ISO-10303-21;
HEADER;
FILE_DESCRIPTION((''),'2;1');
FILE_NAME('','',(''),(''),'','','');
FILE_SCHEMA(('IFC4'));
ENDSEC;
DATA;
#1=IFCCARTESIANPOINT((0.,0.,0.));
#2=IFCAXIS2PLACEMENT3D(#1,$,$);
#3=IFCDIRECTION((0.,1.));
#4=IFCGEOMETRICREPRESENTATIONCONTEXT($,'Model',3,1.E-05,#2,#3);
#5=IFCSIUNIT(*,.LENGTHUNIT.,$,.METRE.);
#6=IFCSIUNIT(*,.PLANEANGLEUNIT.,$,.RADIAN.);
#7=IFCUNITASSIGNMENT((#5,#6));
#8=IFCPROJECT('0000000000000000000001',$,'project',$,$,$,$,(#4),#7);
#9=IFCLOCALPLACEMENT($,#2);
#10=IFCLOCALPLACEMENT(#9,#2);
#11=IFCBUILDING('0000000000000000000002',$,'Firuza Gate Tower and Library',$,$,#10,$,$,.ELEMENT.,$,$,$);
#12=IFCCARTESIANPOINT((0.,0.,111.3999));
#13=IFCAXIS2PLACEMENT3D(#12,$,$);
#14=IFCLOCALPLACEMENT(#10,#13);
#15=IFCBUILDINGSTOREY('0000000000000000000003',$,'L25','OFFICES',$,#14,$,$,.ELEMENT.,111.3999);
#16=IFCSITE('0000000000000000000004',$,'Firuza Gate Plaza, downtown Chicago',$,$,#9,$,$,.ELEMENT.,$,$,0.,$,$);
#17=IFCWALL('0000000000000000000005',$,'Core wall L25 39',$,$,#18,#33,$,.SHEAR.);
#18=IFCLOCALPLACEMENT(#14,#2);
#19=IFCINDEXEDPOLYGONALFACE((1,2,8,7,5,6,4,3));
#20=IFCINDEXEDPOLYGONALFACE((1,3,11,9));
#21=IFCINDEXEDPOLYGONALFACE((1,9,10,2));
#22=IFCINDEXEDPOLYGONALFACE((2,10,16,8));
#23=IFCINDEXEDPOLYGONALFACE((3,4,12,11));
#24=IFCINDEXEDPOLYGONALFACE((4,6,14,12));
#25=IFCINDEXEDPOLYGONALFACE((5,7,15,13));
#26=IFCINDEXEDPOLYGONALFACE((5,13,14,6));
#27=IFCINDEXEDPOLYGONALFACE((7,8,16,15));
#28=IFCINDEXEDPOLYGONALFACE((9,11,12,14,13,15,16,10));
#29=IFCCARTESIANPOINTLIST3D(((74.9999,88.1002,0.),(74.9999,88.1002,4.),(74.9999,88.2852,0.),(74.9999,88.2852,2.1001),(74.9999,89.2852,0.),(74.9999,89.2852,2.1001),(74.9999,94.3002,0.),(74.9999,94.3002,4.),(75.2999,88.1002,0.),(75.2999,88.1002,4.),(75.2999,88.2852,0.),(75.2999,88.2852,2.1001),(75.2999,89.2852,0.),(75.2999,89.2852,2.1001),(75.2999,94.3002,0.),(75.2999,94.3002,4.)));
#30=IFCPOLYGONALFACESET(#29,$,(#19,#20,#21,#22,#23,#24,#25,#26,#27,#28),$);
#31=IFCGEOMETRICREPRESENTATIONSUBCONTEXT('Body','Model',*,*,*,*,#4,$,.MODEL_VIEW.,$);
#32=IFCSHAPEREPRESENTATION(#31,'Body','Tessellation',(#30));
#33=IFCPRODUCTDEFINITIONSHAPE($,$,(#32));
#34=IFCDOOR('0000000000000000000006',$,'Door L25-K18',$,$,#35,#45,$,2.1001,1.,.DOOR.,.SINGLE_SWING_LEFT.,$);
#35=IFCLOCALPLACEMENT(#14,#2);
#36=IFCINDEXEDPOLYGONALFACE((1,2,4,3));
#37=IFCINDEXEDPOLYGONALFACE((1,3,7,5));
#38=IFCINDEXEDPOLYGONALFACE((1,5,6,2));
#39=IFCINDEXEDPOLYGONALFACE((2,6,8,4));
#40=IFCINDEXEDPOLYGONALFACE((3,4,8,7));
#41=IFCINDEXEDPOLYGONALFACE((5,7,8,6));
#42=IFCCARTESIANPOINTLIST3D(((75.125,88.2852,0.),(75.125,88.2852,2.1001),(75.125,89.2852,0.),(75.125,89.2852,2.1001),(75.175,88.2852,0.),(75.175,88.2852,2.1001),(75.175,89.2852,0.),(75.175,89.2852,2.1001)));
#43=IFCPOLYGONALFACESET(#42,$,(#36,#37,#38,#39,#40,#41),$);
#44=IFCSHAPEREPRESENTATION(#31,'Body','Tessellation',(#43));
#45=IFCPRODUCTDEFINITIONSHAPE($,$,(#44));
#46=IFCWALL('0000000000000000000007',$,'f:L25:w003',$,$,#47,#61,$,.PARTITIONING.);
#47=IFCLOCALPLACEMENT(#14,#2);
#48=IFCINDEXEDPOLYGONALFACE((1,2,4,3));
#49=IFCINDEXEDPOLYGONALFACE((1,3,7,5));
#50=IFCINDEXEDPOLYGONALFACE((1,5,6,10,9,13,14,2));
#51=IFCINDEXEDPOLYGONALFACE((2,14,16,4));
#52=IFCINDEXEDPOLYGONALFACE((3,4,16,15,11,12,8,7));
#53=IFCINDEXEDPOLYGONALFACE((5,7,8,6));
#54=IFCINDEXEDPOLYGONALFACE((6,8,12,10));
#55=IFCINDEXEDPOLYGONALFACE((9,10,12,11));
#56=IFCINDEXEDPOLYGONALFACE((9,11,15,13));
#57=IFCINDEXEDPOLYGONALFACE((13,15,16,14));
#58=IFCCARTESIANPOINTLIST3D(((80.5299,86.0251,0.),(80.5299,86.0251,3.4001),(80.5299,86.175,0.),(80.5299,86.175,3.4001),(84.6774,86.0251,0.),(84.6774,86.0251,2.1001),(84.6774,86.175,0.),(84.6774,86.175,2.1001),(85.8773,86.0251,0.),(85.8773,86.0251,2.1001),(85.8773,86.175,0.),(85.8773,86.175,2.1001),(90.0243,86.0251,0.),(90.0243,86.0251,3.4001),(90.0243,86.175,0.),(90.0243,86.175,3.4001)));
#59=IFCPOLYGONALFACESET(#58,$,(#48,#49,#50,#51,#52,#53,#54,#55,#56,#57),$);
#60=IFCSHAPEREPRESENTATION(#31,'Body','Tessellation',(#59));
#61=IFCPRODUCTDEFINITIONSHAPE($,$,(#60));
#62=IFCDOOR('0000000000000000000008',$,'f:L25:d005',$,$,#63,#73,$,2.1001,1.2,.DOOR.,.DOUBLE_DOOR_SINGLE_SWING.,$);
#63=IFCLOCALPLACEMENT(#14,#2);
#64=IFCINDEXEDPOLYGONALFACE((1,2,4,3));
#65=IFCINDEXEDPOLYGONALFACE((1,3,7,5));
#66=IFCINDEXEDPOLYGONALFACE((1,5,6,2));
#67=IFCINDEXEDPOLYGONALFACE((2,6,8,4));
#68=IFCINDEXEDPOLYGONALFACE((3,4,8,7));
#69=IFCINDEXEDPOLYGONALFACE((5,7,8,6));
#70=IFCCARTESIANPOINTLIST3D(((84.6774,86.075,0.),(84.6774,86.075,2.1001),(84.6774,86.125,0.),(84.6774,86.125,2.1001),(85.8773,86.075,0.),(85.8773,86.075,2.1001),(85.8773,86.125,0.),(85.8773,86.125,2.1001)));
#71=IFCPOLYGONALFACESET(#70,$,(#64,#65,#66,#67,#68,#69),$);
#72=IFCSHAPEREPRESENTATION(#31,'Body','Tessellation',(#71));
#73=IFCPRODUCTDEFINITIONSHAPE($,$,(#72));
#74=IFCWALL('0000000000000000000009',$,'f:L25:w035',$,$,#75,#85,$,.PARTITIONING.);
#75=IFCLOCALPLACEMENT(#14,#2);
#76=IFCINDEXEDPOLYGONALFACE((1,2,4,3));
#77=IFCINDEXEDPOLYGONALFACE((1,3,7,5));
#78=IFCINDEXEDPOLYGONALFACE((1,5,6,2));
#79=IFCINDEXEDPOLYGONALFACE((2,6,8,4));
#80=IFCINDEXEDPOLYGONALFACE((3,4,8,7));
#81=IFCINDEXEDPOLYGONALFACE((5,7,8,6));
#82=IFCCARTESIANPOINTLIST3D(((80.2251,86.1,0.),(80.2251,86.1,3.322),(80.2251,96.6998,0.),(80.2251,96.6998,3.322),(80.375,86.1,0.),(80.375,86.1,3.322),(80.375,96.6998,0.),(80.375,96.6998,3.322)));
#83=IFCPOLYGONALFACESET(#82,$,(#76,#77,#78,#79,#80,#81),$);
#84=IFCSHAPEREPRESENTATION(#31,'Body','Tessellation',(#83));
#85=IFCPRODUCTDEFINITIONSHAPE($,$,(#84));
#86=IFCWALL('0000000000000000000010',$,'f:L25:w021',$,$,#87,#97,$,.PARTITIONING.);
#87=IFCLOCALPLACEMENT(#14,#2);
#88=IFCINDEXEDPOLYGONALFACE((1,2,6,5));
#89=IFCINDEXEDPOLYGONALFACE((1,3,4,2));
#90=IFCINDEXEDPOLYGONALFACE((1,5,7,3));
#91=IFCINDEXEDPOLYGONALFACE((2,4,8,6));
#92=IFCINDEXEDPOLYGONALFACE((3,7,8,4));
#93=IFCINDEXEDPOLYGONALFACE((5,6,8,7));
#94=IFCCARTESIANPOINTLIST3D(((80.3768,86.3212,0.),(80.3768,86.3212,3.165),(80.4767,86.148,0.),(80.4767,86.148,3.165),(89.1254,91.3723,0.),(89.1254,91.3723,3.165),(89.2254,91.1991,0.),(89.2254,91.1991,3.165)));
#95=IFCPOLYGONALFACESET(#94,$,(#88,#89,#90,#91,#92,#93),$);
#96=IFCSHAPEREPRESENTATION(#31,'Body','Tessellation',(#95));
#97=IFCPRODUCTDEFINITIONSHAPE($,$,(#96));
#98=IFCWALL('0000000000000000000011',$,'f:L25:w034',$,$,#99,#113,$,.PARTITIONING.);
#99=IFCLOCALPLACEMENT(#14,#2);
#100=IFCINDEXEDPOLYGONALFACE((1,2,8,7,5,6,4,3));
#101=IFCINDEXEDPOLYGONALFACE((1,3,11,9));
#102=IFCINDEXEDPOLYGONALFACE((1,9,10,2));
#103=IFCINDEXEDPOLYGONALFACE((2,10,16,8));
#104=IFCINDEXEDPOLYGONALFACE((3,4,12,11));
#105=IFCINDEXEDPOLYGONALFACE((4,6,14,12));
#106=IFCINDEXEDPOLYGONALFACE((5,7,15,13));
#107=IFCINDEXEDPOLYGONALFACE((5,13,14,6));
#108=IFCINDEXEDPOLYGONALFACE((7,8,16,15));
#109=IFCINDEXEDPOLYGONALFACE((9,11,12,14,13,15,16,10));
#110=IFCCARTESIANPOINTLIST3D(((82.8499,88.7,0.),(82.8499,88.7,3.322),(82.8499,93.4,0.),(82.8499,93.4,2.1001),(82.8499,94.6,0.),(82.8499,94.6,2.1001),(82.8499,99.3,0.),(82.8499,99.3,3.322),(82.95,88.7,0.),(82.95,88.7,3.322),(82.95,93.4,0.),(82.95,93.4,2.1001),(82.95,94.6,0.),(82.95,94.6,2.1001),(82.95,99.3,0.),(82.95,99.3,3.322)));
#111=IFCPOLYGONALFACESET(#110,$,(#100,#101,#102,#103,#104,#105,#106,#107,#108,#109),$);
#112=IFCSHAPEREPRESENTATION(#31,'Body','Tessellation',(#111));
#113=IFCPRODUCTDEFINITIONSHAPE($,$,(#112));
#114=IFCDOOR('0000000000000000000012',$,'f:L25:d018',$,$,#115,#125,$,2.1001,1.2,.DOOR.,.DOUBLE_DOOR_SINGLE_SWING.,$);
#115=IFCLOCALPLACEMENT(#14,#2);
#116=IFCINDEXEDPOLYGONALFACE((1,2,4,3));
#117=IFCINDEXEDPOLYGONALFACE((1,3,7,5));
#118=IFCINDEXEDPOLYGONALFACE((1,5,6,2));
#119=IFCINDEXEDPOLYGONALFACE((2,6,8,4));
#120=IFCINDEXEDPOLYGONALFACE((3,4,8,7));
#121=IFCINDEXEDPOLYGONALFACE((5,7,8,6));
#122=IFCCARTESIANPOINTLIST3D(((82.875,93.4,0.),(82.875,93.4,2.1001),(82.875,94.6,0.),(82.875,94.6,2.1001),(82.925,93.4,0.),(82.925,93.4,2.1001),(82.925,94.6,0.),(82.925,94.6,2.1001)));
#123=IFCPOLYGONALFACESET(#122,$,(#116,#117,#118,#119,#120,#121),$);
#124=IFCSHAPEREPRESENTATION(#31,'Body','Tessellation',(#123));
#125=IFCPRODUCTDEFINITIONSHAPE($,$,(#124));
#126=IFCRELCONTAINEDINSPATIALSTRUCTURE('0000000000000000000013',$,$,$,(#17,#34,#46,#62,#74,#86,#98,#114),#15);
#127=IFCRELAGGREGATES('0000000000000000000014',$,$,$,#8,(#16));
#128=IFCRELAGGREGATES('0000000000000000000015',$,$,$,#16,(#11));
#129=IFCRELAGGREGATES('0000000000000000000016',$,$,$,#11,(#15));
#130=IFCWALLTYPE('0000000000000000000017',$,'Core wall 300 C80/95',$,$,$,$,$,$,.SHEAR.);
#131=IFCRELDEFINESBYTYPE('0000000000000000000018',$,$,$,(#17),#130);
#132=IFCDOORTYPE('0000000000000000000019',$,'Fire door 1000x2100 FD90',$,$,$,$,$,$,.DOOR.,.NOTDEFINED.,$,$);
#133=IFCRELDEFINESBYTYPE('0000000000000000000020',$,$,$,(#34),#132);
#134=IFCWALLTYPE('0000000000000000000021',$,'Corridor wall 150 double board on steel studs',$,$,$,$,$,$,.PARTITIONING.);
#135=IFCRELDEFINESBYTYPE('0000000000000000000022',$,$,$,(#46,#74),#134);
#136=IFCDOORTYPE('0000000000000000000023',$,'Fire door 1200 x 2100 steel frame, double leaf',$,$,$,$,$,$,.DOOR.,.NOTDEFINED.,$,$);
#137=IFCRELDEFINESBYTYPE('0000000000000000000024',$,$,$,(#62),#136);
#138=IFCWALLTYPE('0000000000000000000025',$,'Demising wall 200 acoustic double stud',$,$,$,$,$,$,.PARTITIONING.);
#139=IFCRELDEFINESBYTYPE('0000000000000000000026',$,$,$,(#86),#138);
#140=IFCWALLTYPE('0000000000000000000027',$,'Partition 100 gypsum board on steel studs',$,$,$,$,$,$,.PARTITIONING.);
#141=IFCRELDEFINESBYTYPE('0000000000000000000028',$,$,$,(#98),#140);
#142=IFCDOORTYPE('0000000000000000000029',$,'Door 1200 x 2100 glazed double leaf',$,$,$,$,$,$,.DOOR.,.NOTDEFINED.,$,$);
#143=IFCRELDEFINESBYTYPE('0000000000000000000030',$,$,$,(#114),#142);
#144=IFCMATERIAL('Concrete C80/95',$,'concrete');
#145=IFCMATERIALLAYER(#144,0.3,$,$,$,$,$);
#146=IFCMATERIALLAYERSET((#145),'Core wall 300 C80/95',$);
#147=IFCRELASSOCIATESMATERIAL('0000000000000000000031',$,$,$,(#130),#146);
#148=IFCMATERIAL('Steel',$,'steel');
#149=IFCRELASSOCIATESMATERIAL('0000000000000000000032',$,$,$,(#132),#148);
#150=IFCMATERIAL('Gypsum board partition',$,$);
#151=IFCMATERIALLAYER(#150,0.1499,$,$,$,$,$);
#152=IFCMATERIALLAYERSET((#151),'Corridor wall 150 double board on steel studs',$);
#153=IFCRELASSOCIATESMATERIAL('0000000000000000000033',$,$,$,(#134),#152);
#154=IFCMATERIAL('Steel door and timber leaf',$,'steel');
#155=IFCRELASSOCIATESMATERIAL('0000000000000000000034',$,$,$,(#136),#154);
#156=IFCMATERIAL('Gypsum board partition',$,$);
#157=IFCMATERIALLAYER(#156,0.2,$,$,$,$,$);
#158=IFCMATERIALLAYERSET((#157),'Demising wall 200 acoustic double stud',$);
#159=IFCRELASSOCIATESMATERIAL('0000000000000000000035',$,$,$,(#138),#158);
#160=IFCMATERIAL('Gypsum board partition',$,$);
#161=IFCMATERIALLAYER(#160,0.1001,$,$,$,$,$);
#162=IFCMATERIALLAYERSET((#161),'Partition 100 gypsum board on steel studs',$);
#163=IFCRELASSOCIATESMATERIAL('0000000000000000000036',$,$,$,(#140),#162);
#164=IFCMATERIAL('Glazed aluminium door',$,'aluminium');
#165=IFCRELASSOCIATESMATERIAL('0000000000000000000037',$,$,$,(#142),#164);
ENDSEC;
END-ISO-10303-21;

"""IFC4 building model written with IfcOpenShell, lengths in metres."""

from ifc_helpers import new_model, si_unit, direction, frame, frame_2d, origin, place, context, subcontext, project, spatial, rectangle, extrude, material, layer, layer_set, type_object, element, fill, save


model = new_model("IFC4")

# Units and contexts
model_context = context("Model", 3, precision=1e-05, world=origin(), true_north=direction((0.0, 1.0)))
body_context = subcontext(model_context, "Body", "Model", "MODEL_VIEW")
ifc_project = project(units=[si_unit("LENGTHUNIT", "METRE"), si_unit("PLANEANGLEUNIT", "RADIAN")], contexts=[model_context])

# Site, building, storey
site_placement = place(None, origin())
site = spatial("IfcSite", under=ifc_project, at=site_placement, Name="Firuza Gate Plaza, downtown Chicago", CompositionType="ELEMENT", RefElevation=0.0)
building_placement = place(site_placement, origin())
building = spatial("IfcBuilding", under=site, at=building_placement, Name="Firuza Gate Tower and Library", CompositionType="ELEMENT")
storey_placement = place(building_placement, frame((0.0, 0.0, 111.3999)))
storey = spatial("IfcBuildingStorey", under=building, at=storey_placement, Name="L25", Description="OFFICES", CompositionType="ELEMENT", Elevation=111.3999)

# Shared definitions
ifc_material_1 = material(Name="Concrete C80/95", Category="concrete")
ifc_layer_1 = layer(ifc_material_1, 0.3)
ifc_layer_set_1 = layer_set([ifc_layer_1], Name="Core wall 300 C80/95")
wall_type_1 = type_object("IfcWallType", Name="Core wall 300 C80/95", PredefinedType="SHEAR", material=ifc_layer_set_1)

# Shared definitions
ifc_material_2 = material(Name="Steel", Category="steel")
door_type_1 = type_object("IfcDoorType", Name="Fire door 1000x2100 FD90", OperationType="NOTDEFINED", PredefinedType="DOOR", material=ifc_material_2)

# Walls, openings, doors
wall_1_placement = place(storey_placement, frame((75.1499, 88.1001, 0.0), z_axis=(0.0, 0.0, 1.0), x_axis=(0.0, 1.0, 0.0)))
wall_1 = element("IfcWall", 1, at=wall_1_placement, inside=storey, type_object=wall_type_1, Name="Core wall L25 39", PredefinedType="SHEAR", context=body_context, shape_type="SweptSolid", body=[
    extrude(rectangle(XDim=6.2, YDim=0.3, at=frame_2d((3.1001, 0.0))), origin(), (0.0, 0.0, 1.0), 4.0),
])
opening_1_placement = place(wall_1_placement, frame((0.1851, 0.0, 0.0)))
opening_1 = element("IfcOpeningElement", 2, at=opening_1_placement, cuts=wall_1, PredefinedType="OPENING", context=body_context, shape_type="SweptSolid", body=[
    extrude(rectangle(XDim=1.0, YDim=2.1001, at=frame_2d((0.5, 1.05))), frame((0.0, 0.1602, 0.0), z_axis=(0.0, -1.0, 0.0), x_axis=(1.0, 0.0, 0.0)), (0.0, 0.0, 1.0), 0.3201),
])
door_1_placement = place(opening_1_placement, origin())
door_1 = element("IfcDoor", 3, at=door_1_placement, inside=storey, type_object=door_type_1, Name="Door L25-K18", OperationType="SINGLE_SWING_LEFT", OverallHeight=2.1001, OverallWidth=1.0, PredefinedType="DOOR", context=body_context, shape_type="SweptSolid", body=[
    extrude(rectangle(XDim=1.0, YDim=2.1001, at=frame_2d((0.5, 1.05))), frame((0.0, 0.0249, 0.0), z_axis=(0.0, -1.0, 0.0), x_axis=(1.0, 0.0, 0.0)), (0.0, 0.0, 1.0), 0.05),
])
fill(opening_1, door_1)
ifc_material_3 = material(Name="Gypsum board partition")
ifc_layer_2 = layer(ifc_material_3, 0.1499)
ifc_layer_set_2 = layer_set([ifc_layer_2], Name="Corridor wall 150 double board on steel studs")
wall_type_2 = type_object("IfcWallType", Name="Corridor wall 150 double board on steel studs", PredefinedType="PARTITIONING", material=ifc_layer_set_2)
wall_2_placement = place(storey_placement, frame((80.53, 86.1001, 0.0), z_axis=(0.0, 0.0, 1.0), x_axis=(1.0, 0.0, 0.0)))
wall_2 = element("IfcWall", 4, at=wall_2_placement, inside=storey, type_object=wall_type_2, Name="f:L25:w003", PredefinedType="PARTITIONING", context=body_context, shape_type="SweptSolid", body=[
    extrude(rectangle(XDim=9.4944, YDim=0.1499, at=frame_2d((4.7471, 0.0))), origin(), (0.0, 0.0, 1.0), 3.4001),
])
opening_2_placement = place(wall_2_placement, frame((4.1472, 0.0, 0.0)))
opening_2 = element("IfcOpeningElement", 5, at=opening_2_placement, cuts=wall_2, PredefinedType="OPENING", context=body_context, shape_type="SweptSolid", body=[
    extrude(rectangle(XDim=1.2, YDim=2.1001, at=frame_2d((0.6001, 1.05))), frame((0.0, 0.085, 0.0), z_axis=(0.0, -1.0, 0.0), x_axis=(1.0, 0.0, 0.0)), (0.0, 0.0, 1.0), 0.1699),
])
ifc_material_4 = material(Name="Steel door and timber leaf", Category="steel")
door_type_2 = type_object("IfcDoorType", Name="Fire door 1200 x 2100 steel frame, double leaf", OperationType="NOTDEFINED", PredefinedType="DOOR", material=ifc_material_4)
door_2_placement = place(opening_2_placement, origin())
door_2 = element("IfcDoor", 6, at=door_2_placement, inside=storey, type_object=door_type_2, Name="f:L25:d005", OperationType="DOUBLE_DOOR_SINGLE_SWING", OverallHeight=2.1001, OverallWidth=1.2, PredefinedType="DOOR", context=body_context, shape_type="SweptSolid", body=[
    extrude(rectangle(XDim=1.2, YDim=2.1001, at=frame_2d((0.6001, 1.05))), frame((0.0, 0.0249, 0.0), z_axis=(0.0, -1.0, 0.0), x_axis=(1.0, 0.0, 0.0)), (0.0, 0.0, 1.0), 0.05),
])
fill(opening_2, door_2)

# Walls
wall_3_placement = place(storey_placement, frame((80.3, 86.1001, 0.0), z_axis=(0.0, 0.0, 1.0), x_axis=(0.0, 1.0, 0.0)))
element("IfcWall", 7, at=wall_3_placement, inside=storey, type_object=wall_type_2, Name="f:L25:w035", PredefinedType="PARTITIONING", context=body_context, shape_type="SweptSolid", body=[
    extrude(rectangle(XDim=10.5999, YDim=0.1499, at=frame_2d((5.2998, 0.0))), origin(), (0.0, 0.0, 1.0), 3.322),
])
ifc_material_5 = material(Name="Gypsum board partition")
ifc_layer_3 = layer(ifc_material_5, 0.2)
ifc_layer_set_3 = layer_set([ifc_layer_3], Name="Demising wall 200 acoustic double stud")
wall_type_3 = type_object("IfcWallType", Name="Demising wall 200 acoustic double stud", PredefinedType="PARTITIONING", material=ifc_layer_set_3)
wall_4_placement = place(storey_placement, frame((80.4268, 86.2346, 0.0), z_axis=(0.0, 0.0, 1.0), x_axis=(0.866023, 0.500004, 0.0)))
element("IfcWall", 8, at=wall_4_placement, inside=storey, type_object=wall_type_3, Name="f:L25:w021", PredefinedType="PARTITIONING", context=body_context, shape_type="SweptSolid", body=[
    extrude(rectangle(XDim=10.1021, YDim=0.2, at=frame_2d((5.051, 0.0))), origin(), (0.0, 0.0, 1.0), 3.165),
])

# Wall, opening, door
ifc_material_6 = material(Name="Gypsum board partition")
ifc_layer_4 = layer(ifc_material_6, 0.1001)
ifc_layer_set_4 = layer_set([ifc_layer_4], Name="Partition 100 gypsum board on steel studs")
wall_type_4 = type_object("IfcWallType", Name="Partition 100 gypsum board on steel studs", PredefinedType="PARTITIONING", material=ifc_layer_set_4)
wall_5_placement = place(storey_placement, frame((82.8999, 88.7, 0.0), z_axis=(0.0, 0.0, 1.0), x_axis=(0.0, 1.0, 0.0)))
wall_5 = element("IfcWall", 9, at=wall_5_placement, inside=storey, type_object=wall_type_4, Name="f:L25:w034", PredefinedType="PARTITIONING", context=body_context, shape_type="SweptSolid", body=[
    extrude(rectangle(XDim=10.6001, YDim=0.1001, at=frame_2d((5.3, 0.0))), origin(), (0.0, 0.0, 1.0), 3.322),
])
opening_3_placement = place(wall_5_placement, frame((4.7, 0.0, 0.0)))
opening_3 = element("IfcOpeningElement", 10, at=opening_3_placement, cuts=wall_5, PredefinedType="OPENING", context=body_context, shape_type="SweptSolid", body=[
    extrude(rectangle(XDim=1.2, YDim=2.1001, at=frame_2d((0.6001, 1.05))), frame((0.0, 0.0601, 0.0), z_axis=(0.0, -1.0, 0.0), x_axis=(1.0, 0.0, 0.0)), (0.0, 0.0, 1.0), 0.1201),
])
ifc_material_7 = material(Name="Glazed aluminium door", Category="aluminium")
door_type_3 = type_object("IfcDoorType", Name="Door 1200 x 2100 glazed double leaf", OperationType="NOTDEFINED", PredefinedType="DOOR", material=ifc_material_7)
door_3_placement = place(opening_3_placement, origin())
door_3 = element("IfcDoor", 11, at=door_3_placement, inside=storey, type_object=door_type_3, Name="f:L25:d018", OperationType="DOUBLE_DOOR_SINGLE_SWING", OverallHeight=2.1001, OverallWidth=1.2, PredefinedType="DOOR", context=body_context, shape_type="SweptSolid", body=[
    extrude(rectangle(XDim=1.2, YDim=2.1001, at=frame_2d((0.6001, 1.05))), frame((0.0, 0.0249, 0.0), z_axis=(0.0, -1.0, 0.0), x_axis=(1.0, 0.0, 0.0)), (0.0, 0.0, 1.0), 0.05),
])
fill(opening_3, door_3)

save(model, "model.ifc")
